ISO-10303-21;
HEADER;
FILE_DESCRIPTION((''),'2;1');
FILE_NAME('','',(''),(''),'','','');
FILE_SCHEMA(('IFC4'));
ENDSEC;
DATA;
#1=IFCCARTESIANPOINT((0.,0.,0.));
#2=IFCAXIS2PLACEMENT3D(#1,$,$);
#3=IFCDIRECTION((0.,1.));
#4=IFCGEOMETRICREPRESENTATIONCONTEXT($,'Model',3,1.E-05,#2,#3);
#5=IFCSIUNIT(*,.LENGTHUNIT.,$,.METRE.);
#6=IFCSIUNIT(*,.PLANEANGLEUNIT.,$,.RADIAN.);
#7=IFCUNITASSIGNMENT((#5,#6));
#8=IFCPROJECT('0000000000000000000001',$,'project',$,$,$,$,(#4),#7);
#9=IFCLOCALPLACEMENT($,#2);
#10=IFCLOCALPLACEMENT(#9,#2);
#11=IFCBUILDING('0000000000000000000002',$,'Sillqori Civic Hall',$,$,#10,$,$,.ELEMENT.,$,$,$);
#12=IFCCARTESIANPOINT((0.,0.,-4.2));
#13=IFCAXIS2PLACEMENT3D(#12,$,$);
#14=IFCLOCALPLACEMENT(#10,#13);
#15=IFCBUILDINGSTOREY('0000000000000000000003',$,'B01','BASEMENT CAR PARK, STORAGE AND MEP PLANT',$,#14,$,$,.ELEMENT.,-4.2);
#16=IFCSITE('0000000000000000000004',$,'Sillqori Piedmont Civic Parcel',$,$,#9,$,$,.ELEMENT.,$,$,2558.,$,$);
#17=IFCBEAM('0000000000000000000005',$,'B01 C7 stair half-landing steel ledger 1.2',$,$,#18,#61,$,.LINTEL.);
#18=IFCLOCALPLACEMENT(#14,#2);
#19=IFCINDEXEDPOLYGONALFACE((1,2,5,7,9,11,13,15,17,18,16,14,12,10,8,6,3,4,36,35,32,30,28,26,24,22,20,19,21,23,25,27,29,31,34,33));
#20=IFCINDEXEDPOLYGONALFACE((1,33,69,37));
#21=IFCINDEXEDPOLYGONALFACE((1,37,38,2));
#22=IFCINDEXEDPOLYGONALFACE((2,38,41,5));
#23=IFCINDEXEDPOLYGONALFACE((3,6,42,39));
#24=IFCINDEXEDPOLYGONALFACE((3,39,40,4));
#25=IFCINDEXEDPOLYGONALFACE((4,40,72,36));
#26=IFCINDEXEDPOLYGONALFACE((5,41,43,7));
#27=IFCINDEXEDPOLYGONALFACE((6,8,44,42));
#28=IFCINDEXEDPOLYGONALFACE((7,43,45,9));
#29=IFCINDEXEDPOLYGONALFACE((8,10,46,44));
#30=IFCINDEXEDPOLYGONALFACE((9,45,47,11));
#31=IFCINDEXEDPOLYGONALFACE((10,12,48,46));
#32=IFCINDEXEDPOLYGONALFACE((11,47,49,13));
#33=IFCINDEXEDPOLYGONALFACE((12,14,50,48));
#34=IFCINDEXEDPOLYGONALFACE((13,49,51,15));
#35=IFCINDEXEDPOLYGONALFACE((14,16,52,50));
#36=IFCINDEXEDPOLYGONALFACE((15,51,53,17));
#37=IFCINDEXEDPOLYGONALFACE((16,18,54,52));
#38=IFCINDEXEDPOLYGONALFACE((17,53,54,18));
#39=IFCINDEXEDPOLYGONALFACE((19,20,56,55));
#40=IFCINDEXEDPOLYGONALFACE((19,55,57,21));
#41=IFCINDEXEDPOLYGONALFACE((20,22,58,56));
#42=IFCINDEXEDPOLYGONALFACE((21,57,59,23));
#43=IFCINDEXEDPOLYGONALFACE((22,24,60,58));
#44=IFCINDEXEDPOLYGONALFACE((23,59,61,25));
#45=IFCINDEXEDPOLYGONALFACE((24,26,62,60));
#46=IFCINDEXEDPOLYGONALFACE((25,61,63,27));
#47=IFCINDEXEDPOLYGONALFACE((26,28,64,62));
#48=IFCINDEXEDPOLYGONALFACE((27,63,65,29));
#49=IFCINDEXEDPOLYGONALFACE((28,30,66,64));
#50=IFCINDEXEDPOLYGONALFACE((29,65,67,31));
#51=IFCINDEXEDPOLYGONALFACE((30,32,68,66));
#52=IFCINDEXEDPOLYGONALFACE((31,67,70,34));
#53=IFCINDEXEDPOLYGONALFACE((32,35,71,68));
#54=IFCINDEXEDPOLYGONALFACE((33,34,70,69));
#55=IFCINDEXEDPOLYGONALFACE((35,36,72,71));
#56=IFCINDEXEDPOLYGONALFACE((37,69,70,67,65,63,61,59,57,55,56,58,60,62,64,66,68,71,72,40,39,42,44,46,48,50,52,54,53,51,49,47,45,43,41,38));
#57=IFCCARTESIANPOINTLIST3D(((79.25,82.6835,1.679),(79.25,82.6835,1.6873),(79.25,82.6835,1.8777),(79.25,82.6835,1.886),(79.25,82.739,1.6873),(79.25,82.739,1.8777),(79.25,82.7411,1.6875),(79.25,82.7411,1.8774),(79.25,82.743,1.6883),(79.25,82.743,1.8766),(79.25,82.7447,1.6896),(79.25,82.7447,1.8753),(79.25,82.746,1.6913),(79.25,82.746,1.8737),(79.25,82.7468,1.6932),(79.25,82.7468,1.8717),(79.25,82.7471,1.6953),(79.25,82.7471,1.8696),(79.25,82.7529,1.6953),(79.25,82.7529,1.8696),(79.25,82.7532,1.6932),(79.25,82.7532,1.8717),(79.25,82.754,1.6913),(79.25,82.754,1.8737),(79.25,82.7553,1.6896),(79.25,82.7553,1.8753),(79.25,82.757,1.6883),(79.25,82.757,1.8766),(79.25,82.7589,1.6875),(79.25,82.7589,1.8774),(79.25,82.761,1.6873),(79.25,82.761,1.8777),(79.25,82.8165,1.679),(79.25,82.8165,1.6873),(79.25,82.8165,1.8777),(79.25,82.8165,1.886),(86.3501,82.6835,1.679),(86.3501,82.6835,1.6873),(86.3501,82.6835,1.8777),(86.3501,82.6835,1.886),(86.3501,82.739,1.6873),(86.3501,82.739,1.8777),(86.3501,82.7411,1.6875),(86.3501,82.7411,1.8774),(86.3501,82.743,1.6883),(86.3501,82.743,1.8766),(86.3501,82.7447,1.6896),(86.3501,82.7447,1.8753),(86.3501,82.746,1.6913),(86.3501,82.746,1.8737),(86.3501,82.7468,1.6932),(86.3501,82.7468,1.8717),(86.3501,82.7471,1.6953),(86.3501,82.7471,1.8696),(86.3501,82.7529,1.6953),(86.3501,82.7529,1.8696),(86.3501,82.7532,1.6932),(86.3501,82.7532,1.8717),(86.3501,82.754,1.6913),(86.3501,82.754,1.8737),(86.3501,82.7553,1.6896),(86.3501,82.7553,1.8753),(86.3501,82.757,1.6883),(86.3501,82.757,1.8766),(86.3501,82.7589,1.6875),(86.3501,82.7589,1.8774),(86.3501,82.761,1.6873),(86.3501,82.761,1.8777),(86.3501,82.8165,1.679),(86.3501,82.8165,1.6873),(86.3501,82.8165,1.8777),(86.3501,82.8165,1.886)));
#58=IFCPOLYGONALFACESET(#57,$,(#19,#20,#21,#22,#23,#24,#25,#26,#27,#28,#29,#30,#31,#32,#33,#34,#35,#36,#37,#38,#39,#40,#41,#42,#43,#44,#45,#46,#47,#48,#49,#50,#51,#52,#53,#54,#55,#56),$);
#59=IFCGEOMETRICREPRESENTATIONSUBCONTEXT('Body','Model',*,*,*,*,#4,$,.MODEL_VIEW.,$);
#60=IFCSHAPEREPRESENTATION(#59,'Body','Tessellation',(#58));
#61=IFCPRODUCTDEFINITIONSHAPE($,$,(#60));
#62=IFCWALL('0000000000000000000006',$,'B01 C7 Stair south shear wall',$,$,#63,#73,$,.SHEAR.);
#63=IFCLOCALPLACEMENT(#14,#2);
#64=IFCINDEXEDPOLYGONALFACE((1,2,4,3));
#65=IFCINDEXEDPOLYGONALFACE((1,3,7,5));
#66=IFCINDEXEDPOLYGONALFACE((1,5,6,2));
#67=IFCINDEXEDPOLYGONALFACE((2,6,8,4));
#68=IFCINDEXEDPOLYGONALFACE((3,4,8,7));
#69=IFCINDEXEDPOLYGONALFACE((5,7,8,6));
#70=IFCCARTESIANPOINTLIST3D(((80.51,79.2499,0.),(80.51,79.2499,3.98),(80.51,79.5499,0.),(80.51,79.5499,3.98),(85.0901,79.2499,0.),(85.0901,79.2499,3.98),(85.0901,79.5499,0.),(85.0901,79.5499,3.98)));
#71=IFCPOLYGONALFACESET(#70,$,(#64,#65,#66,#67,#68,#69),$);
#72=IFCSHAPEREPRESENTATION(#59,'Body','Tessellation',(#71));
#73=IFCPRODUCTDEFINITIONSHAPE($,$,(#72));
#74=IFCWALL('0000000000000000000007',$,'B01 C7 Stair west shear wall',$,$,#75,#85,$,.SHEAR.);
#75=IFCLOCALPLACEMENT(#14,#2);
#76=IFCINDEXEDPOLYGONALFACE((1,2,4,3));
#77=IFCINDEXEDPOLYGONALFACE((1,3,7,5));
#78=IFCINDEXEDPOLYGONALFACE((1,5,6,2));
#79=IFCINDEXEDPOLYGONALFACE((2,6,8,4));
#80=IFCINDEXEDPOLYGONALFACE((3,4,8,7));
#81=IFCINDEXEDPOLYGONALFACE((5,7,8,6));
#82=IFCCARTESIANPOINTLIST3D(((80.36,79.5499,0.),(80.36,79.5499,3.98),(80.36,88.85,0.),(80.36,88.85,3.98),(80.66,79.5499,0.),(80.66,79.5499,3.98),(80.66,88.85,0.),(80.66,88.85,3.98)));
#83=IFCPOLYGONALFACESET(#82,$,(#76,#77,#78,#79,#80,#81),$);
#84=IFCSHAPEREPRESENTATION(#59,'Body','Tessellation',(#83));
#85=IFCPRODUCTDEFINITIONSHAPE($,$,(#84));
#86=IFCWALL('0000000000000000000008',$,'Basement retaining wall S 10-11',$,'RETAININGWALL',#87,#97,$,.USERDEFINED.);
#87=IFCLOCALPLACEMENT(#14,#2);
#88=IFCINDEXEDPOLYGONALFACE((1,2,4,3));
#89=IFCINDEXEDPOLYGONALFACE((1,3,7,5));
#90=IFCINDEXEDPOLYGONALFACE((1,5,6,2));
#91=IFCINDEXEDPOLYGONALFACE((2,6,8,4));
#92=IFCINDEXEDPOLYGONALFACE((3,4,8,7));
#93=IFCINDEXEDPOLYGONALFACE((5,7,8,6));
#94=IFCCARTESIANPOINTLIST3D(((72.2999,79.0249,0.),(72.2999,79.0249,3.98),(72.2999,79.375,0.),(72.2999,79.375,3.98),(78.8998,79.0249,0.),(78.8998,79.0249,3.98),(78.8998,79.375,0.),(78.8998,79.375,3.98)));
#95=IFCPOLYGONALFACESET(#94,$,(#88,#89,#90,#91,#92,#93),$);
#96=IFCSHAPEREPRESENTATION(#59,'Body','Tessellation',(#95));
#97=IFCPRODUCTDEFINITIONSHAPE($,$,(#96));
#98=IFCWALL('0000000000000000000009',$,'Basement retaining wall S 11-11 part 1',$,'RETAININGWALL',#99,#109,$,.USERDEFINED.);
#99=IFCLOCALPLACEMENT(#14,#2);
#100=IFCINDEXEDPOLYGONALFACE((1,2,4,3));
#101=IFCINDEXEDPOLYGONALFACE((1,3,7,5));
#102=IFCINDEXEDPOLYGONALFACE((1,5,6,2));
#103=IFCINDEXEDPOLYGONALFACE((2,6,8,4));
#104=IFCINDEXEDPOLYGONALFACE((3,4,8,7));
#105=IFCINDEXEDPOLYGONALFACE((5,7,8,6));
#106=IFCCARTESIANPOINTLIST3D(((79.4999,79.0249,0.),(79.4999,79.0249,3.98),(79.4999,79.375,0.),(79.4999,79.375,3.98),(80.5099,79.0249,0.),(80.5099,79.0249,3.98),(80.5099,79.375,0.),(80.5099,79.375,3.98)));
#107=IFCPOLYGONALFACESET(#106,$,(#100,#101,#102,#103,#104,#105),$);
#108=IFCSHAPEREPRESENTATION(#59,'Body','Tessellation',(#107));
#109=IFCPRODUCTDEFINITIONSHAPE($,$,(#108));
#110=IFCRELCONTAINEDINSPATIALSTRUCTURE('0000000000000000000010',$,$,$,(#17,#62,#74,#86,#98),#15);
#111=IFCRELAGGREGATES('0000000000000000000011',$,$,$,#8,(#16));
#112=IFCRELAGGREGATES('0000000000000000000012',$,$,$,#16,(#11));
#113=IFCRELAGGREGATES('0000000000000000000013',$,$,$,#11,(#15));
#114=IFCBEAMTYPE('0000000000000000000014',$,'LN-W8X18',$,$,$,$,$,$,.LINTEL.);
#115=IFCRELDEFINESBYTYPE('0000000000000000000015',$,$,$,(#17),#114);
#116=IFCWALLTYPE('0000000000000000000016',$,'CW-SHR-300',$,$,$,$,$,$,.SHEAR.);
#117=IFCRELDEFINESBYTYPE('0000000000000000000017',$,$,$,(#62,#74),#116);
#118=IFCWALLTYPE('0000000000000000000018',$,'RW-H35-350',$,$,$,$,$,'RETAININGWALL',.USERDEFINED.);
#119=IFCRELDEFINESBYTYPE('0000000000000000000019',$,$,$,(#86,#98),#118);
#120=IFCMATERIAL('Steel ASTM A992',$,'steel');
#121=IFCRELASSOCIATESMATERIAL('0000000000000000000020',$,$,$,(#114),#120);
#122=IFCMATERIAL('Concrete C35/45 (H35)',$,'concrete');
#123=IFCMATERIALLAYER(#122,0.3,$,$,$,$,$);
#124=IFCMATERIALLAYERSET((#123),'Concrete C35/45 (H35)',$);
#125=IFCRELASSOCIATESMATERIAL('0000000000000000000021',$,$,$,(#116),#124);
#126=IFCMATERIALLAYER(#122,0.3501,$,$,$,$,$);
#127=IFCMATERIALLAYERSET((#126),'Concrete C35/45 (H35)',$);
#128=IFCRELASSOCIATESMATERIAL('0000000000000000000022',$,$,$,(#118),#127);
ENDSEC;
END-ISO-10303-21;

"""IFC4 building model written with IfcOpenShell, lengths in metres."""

from ifc_helpers import new_model, si_unit, direction, frame, frame_2d, origin, origin_2d, place, context, subcontext, project, spatial, rectangle, i_section, extrude, material, layer, layer_set, material_profile, profile_set, type_object, element, save


model = new_model("IFC4")

# Units and contexts
model_context = context("Model", 3, precision=1e-05, world=origin(), true_north=direction((0.0, 1.0)))
body_context = subcontext(model_context, "Body", "Model", "MODEL_VIEW")
ifc_project = project(units=[si_unit("LENGTHUNIT", "METRE"), si_unit("PLANEANGLEUNIT", "RADIAN")], contexts=[model_context])

# Site, building, storey
site_placement = place(None, origin())
site = spatial("IfcSite", under=ifc_project, at=site_placement, Name="Sillqori Piedmont Civic Parcel", CompositionType="ELEMENT", RefElevation=2558.0)
building_placement = place(site_placement, origin())
building = spatial("IfcBuilding", under=site, at=building_placement, Name="Sillqori Civic Hall", CompositionType="ELEMENT")
storey_placement = place(building_placement, frame((0.0, 0.0, -4.2)))
storey = spatial("IfcBuildingStorey", under=building, at=storey_placement, Name="B01", Description="BASEMENT CAR PARK, STORAGE AND MEP PLANT", CompositionType="ELEMENT", Elevation=-4.2)

# Shared definitions
ifc_material_1 = material(Name="Concrete C35/45 (H35)", Category="concrete")

# Beam
ifc_material_2 = material(Name="Steel ASTM A992", Category="steel")
ifc_material_profile_1 = material_profile(ifc_material_2, i_section(OverallWidth=0.1331, OverallDepth=0.207, WebThickness=0.0059, FlangeThickness=0.0083, FilletRadius=0.0081, at=origin_2d()), Name="W8X18")
ifc_profile_set_1 = profile_set([ifc_material_profile_1], Name="Steel ASTM A992")
beam_type_1 = type_object("IfcBeamType", Name="LN-W8X18", PredefinedType="LINTEL", material=ifc_profile_set_1)
for number, where, z_axis, x_axis, name in (
    (1, (79.25, 82.75, 1.7825), (1.0, 0.0, 0.0), (0.0, 1.0, 0.0), "B01 C7 stair half-landing steel ledger 1.2"),
):
    element("IfcBeam", number, at=place(storey_placement, frame(where, z_axis=z_axis, x_axis=x_axis)), inside=storey, type_object=beam_type_1, Name=name, PredefinedType="LINTEL", context=body_context, shape_type="SweptSolid", body=[
        extrude(i_section(OverallWidth=0.1331, OverallDepth=0.207, WebThickness=0.0059, FlangeThickness=0.0083, FilletRadius=0.0081, at=origin_2d()), origin(), (0.0, 0.0, 1.0), 7.1001),
    ])

# Walls
ifc_layer_1 = layer(ifc_material_1, 0.3)
ifc_layer_set_1 = layer_set([ifc_layer_1], Name="Concrete C35/45 (H35)")
wall_type_1 = type_object("IfcWallType", Name="CW-SHR-300", PredefinedType="SHEAR", material=ifc_layer_set_1)
wall_1_placement = place(storey_placement, frame((80.51, 79.3999, 0.0), z_axis=(0.0, 0.0, 1.0), x_axis=(1.0, 0.0, 0.0)))
element("IfcWall", 2, at=wall_1_placement, inside=storey, type_object=wall_type_1, Name="B01 C7 Stair south shear wall", PredefinedType="SHEAR", context=body_context, shape_type="SweptSolid", body=[
    extrude(rectangle(XDim=4.5801, YDim=0.3, at=frame_2d((2.29, 0.0))), origin(), (0.0, 0.0, 1.0), 3.98),
])
wall_2_placement = place(storey_placement, frame((80.51, 79.55, 0.0), z_axis=(0.0, 0.0, 1.0), x_axis=(0.0, 1.0, 0.0)))
element("IfcWall", 3, at=wall_2_placement, inside=storey, type_object=wall_type_1, Name="B01 C7 Stair west shear wall", PredefinedType="SHEAR", context=body_context, shape_type="SweptSolid", body=[
    extrude(rectangle(XDim=9.3, YDim=0.3, at=frame_2d((4.6499, 0.0))), origin(), (0.0, 0.0, 1.0), 3.98),
])
ifc_layer_2 = layer(ifc_material_1, 0.3501)
ifc_layer_set_2 = layer_set([ifc_layer_2], Name="Concrete C35/45 (H35)")
wall_type_2 = type_object("IfcWallType", Name="RW-H35-350", ElementType="RETAININGWALL", PredefinedType="USERDEFINED", material=ifc_layer_set_2)
wall_3_placement = place(storey_placement, frame((72.3, 79.2, 0.0), z_axis=(0.0, 0.0, 1.0), x_axis=(1.0, 0.0, 0.0)))
element("IfcWall", 4, at=wall_3_placement, inside=storey, type_object=wall_type_2, Name="Basement retaining wall S 10-11", ObjectType="RETAININGWALL", PredefinedType="USERDEFINED", context=body_context, shape_type="SweptSolid", body=[
    extrude(rectangle(XDim=6.5999, YDim=0.3501, at=frame_2d((3.2998, 0.0))), origin(), (0.0, 0.0, 1.0), 3.98),
])
wall_4_placement = place(storey_placement, frame((79.5, 79.2, 0.0), z_axis=(0.0, 0.0, 1.0), x_axis=(1.0, 0.0, 0.0)))
element("IfcWall", 5, at=wall_4_placement, inside=storey, type_object=wall_type_2, Name="Basement retaining wall S 11-11 part 1", ObjectType="RETAININGWALL", PredefinedType="USERDEFINED", context=body_context, shape_type="SweptSolid", body=[
    extrude(rectangle(XDim=1.01, YDim=0.3501, at=frame_2d((0.5049, 0.0))), origin(), (0.0, 0.0, 1.0), 3.98),
])

save(model, "model.ifc")
